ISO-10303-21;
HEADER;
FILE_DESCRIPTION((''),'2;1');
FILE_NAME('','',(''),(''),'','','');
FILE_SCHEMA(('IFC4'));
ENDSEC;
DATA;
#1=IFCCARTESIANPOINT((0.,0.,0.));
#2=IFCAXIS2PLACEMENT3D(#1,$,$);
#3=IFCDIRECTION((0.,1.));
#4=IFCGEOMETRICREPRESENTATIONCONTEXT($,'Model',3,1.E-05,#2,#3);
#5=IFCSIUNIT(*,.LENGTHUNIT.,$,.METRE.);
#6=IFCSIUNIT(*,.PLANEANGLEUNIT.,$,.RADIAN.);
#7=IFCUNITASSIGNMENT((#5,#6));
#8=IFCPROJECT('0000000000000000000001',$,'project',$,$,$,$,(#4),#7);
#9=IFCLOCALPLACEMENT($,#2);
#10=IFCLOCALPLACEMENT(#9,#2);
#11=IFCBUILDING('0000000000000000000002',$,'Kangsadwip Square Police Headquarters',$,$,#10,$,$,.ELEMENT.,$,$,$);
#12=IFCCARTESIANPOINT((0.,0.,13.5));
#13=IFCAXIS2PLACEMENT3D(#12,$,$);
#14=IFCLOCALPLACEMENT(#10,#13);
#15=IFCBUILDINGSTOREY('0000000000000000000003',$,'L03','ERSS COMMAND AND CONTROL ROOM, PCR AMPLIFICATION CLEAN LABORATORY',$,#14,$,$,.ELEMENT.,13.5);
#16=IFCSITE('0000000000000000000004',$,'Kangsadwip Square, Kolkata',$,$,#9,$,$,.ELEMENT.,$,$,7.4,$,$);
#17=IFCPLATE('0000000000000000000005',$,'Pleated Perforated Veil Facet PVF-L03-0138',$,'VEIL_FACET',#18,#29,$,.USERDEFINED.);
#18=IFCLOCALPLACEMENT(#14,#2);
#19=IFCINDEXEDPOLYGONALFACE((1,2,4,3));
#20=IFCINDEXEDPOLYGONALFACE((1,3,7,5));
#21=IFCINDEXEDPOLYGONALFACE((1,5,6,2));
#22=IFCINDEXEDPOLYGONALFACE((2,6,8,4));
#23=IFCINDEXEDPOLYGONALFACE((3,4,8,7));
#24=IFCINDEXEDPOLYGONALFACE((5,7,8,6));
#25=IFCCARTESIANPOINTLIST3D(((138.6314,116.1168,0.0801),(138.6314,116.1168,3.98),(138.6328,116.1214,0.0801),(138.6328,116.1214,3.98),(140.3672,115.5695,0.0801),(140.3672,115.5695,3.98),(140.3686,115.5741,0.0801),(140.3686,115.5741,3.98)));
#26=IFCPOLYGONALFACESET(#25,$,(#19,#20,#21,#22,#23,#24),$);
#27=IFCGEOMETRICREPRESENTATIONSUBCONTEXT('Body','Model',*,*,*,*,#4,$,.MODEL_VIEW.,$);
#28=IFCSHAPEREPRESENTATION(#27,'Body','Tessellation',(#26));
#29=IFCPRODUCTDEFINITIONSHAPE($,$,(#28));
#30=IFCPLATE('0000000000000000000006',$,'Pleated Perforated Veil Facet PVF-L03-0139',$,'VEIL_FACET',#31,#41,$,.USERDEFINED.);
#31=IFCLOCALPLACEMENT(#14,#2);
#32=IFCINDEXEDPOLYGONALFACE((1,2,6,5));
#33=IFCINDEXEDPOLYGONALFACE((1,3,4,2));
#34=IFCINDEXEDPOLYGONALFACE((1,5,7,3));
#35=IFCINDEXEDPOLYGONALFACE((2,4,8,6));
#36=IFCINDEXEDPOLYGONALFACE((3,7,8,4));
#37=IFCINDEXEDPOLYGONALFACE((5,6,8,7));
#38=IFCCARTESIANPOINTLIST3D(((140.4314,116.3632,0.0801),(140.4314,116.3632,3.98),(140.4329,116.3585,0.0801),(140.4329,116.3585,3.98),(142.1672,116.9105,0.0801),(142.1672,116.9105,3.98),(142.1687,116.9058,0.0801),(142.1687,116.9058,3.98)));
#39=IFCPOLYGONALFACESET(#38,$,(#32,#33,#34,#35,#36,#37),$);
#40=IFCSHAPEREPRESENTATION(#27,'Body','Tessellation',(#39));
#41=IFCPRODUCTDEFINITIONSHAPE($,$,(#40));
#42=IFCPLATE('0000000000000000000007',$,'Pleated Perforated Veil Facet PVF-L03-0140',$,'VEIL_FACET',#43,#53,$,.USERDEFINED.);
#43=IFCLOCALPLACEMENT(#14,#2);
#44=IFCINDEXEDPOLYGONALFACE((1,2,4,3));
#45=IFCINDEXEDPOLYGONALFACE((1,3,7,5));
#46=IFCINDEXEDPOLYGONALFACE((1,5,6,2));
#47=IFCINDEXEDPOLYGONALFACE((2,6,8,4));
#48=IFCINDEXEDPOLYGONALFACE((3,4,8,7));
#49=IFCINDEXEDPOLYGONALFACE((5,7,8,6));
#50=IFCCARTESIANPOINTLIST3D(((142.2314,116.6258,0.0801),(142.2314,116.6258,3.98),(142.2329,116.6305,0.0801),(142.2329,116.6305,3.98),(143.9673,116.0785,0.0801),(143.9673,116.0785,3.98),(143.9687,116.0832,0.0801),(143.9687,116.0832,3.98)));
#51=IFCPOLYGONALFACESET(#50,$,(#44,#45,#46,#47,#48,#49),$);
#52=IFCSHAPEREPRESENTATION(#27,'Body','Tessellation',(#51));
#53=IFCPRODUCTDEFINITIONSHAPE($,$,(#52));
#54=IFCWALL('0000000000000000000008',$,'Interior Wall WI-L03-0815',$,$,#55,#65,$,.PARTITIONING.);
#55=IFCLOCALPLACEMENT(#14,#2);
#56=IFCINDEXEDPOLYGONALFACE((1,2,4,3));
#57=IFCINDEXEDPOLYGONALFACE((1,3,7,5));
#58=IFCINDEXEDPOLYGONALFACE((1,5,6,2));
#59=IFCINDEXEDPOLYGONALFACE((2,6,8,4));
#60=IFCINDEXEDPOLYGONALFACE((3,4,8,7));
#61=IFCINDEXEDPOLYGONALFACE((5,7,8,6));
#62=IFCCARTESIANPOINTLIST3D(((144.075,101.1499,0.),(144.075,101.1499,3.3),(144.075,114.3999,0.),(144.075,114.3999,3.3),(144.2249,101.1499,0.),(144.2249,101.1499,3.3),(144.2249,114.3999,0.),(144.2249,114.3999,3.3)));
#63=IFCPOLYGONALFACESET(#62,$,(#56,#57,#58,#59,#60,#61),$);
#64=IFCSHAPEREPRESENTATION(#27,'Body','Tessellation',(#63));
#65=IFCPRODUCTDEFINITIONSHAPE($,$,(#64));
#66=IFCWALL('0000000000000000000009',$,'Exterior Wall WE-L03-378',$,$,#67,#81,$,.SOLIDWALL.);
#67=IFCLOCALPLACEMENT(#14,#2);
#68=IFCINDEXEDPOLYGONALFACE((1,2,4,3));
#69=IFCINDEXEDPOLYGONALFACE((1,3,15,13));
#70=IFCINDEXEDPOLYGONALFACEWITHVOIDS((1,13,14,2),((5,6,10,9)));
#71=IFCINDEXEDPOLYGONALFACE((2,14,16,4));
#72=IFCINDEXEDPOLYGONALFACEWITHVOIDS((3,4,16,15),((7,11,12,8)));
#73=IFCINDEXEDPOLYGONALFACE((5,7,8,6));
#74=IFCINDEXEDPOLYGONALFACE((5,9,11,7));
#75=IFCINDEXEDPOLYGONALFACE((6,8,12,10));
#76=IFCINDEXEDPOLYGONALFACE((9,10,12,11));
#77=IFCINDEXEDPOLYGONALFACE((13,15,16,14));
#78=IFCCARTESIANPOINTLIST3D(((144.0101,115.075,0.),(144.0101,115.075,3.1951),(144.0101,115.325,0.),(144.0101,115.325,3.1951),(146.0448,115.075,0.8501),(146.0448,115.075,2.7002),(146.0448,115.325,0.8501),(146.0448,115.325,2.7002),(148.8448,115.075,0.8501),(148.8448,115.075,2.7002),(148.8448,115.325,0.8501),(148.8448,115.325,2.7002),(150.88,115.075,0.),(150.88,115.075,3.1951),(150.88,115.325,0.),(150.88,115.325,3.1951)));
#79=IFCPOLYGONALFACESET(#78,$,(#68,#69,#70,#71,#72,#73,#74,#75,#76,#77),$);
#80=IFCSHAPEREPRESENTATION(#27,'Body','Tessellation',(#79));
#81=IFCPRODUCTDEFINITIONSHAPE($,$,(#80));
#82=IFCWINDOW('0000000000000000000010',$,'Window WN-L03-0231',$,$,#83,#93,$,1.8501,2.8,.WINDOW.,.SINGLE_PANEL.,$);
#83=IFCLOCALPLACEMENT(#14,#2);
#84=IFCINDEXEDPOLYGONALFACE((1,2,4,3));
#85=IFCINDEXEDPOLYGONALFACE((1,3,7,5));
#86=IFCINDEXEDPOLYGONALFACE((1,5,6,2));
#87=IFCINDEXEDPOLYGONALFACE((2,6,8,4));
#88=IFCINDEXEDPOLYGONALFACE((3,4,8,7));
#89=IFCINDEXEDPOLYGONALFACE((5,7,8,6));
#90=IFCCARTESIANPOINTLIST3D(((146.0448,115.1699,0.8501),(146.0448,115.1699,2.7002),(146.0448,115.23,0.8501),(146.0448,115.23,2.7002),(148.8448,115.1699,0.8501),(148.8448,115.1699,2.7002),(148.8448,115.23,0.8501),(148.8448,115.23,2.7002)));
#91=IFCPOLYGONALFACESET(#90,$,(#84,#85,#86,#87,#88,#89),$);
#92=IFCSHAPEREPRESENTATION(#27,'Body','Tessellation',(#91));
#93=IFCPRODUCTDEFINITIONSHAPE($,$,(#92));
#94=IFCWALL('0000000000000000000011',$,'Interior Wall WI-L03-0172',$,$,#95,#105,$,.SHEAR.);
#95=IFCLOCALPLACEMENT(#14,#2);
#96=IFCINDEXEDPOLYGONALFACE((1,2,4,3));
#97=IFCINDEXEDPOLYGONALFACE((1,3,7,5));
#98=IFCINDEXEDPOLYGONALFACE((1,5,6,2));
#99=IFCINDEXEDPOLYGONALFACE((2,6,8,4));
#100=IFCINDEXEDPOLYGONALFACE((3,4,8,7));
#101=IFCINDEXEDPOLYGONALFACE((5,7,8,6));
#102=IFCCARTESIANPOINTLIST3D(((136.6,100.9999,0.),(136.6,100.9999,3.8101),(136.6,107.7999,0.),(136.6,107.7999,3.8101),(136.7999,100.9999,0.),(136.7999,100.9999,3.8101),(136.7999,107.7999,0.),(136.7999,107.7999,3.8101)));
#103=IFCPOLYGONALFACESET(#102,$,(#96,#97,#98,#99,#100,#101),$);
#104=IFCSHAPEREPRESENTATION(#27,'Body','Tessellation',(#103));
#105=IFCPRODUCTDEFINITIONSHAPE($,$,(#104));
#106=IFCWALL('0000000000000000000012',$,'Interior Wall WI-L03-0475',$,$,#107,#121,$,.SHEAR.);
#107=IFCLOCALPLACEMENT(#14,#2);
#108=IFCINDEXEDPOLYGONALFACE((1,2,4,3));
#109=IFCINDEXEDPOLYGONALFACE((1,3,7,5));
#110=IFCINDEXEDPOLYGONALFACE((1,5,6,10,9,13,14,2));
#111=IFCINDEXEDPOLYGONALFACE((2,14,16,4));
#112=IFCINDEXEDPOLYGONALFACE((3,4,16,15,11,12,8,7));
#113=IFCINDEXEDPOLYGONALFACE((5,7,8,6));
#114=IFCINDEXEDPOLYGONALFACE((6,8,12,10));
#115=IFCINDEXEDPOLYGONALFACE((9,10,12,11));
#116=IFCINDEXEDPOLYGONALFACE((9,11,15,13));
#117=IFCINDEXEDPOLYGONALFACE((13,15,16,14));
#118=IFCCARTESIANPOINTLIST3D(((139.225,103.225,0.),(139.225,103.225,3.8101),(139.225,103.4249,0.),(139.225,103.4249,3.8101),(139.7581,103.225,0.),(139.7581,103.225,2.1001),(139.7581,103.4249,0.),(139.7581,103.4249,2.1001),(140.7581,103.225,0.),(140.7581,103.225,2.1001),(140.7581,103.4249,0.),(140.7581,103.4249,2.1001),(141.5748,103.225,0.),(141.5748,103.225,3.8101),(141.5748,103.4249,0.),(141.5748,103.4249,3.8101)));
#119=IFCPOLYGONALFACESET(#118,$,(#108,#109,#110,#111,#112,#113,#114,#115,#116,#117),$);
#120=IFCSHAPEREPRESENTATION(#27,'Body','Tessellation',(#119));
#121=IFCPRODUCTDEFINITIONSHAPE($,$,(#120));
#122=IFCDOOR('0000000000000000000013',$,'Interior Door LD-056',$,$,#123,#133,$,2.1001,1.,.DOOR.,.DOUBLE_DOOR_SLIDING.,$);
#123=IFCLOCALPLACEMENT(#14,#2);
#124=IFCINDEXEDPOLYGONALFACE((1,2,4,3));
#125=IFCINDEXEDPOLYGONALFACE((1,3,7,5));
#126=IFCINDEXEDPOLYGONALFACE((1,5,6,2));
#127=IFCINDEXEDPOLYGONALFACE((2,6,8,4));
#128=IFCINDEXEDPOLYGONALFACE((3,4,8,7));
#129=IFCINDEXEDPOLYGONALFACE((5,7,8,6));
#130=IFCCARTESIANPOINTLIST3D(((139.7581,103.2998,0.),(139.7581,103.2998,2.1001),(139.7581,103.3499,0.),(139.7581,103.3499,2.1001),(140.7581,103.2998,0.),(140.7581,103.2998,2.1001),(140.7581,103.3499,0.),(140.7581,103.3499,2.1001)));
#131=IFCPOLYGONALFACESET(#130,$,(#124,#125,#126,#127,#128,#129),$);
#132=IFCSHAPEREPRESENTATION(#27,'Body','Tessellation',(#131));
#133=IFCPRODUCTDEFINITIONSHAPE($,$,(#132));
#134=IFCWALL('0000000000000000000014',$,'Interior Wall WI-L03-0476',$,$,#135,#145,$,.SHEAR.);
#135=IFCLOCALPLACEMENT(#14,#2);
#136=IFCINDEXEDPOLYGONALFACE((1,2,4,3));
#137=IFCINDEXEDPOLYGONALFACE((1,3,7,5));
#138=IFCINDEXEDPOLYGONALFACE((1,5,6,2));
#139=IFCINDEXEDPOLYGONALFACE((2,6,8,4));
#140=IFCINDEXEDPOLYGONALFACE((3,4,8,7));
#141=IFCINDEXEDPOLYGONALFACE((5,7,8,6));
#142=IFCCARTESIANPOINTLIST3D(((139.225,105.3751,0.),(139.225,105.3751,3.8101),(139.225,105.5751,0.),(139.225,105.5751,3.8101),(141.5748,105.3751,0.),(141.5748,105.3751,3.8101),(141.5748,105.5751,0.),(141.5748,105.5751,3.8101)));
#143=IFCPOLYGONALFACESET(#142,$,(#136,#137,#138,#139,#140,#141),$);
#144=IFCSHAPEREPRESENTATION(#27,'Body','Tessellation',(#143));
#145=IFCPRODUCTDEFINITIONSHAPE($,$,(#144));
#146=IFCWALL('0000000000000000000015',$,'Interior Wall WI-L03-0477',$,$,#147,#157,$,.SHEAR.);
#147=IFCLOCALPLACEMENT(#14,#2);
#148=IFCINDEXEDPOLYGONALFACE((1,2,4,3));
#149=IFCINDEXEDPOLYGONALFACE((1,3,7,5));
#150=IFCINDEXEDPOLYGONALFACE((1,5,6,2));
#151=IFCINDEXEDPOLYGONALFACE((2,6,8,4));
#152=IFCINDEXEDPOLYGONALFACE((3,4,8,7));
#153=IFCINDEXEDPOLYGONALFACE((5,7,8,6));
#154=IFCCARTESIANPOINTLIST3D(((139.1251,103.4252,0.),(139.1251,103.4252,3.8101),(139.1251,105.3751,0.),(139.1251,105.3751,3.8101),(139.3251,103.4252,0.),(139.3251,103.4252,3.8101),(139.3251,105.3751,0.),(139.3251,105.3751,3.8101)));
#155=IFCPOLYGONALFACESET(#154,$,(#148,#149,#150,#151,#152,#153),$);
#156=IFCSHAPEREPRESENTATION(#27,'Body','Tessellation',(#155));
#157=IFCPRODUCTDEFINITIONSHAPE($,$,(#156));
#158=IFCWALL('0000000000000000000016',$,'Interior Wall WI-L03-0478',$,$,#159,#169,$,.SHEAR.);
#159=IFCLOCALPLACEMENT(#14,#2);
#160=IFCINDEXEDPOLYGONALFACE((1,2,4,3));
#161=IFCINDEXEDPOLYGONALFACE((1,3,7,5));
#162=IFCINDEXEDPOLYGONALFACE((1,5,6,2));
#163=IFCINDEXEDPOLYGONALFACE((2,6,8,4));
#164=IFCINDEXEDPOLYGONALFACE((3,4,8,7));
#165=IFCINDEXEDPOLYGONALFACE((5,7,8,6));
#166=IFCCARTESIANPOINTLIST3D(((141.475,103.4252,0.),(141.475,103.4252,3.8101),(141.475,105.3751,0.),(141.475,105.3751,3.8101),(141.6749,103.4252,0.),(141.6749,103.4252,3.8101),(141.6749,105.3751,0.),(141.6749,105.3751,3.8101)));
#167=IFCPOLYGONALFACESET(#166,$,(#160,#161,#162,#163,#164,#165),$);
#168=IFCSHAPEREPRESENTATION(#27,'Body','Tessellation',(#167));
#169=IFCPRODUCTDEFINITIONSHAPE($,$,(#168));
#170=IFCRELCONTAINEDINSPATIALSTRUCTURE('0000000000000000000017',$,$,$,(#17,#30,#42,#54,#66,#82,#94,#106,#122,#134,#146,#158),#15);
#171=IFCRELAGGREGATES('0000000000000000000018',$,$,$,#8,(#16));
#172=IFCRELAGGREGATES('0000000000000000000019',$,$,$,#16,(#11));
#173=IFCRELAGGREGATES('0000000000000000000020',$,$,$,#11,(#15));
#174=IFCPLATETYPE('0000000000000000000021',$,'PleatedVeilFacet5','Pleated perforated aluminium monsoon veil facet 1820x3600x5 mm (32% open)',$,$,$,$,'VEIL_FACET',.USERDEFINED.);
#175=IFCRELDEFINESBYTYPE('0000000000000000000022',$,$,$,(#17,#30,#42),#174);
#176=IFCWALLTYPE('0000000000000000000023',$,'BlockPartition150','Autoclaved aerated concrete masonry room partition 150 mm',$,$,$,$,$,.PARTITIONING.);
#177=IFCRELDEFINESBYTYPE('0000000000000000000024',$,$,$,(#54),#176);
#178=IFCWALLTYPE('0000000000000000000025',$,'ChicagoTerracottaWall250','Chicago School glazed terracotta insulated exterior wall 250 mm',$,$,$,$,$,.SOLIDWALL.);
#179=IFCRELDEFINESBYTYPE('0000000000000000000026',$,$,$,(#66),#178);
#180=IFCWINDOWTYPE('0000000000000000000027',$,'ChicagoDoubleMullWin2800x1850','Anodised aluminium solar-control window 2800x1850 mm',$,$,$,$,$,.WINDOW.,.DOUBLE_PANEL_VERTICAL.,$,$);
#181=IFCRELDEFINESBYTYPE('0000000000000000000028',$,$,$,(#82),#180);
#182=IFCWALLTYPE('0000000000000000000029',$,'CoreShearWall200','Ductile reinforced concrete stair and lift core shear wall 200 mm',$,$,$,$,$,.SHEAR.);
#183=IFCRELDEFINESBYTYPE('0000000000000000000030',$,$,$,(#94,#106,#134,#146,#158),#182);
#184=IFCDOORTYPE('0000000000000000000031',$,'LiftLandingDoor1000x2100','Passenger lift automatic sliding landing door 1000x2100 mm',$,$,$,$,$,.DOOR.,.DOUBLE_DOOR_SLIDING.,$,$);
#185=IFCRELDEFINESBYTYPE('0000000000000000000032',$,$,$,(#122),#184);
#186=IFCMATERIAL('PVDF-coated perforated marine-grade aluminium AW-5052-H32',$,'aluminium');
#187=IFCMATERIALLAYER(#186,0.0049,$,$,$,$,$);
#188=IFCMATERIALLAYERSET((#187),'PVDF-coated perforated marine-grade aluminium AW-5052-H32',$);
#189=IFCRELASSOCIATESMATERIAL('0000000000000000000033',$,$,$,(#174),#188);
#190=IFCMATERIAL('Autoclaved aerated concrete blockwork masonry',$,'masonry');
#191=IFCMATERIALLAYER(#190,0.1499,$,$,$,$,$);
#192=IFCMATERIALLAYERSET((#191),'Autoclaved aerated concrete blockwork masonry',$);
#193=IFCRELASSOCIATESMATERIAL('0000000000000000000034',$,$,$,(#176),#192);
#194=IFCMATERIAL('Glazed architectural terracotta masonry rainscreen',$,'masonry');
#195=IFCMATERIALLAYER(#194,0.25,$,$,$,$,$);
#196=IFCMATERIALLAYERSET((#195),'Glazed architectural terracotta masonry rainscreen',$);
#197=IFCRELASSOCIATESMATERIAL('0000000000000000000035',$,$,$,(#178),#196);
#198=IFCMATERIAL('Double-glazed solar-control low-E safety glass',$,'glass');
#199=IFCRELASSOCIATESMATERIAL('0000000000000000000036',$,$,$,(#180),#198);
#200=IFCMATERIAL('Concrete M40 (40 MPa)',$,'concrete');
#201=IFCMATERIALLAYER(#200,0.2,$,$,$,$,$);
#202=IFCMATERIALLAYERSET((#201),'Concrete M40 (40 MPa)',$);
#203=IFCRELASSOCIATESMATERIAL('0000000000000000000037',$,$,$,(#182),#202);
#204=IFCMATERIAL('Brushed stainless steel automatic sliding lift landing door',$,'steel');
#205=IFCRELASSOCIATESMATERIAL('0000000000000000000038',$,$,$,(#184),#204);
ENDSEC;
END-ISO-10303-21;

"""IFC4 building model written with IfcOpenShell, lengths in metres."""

from ifc_helpers import new_model, si_unit, direction, frame, frame_2d, origin, origin_2d, place, context, subcontext, project, spatial, rectangle, extrude, material, layer, layer_set, type_object, element, fill, save


model = new_model("IFC4")

# Units and contexts
model_context = context("Model", 3, precision=1e-05, world=origin(), true_north=direction((0.0, 1.0)))
body_context = subcontext(model_context, "Body", "Model", "MODEL_VIEW")
ifc_project = project(units=[si_unit("LENGTHUNIT", "METRE"), si_unit("PLANEANGLEUNIT", "RADIAN")], contexts=[model_context])

# Site, building, storey
site_placement = place(None, origin())
site = spatial("IfcSite", under=ifc_project, at=site_placement, Name="Kangsadwip Square, Kolkata", CompositionType="ELEMENT", RefElevation=7.4)
building_placement = place(site_placement, origin())
building = spatial("IfcBuilding", under=site, at=building_placement, Name="Kangsadwip Square Police Headquarters", CompositionType="ELEMENT")
storey_placement = place(building_placement, frame((0.0, 0.0, 13.5)))
storey = spatial("IfcBuildingStorey", under=building, at=storey_placement, Name="L03", Description="ERSS COMMAND AND CONTROL ROOM, PCR AMPLIFICATION CLEAN LABORATORY", CompositionType="ELEMENT", Elevation=13.5)

# Plates
ifc_material_1 = material(Name="PVDF-coated perforated marine-grade aluminium AW-5052-H32", Category="aluminium")
ifc_layer_1 = layer(ifc_material_1, 0.0049)
ifc_layer_set_1 = layer_set([ifc_layer_1], Name="PVDF-coated perforated marine-grade aluminium AW-5052-H32")
plate_type_1 = type_object("IfcPlateType", Name="PleatedVeilFacet5", Description="Pleated perforated aluminium monsoon veil facet 1820x3600x5 mm (32% open)", ElementType="VEIL_FACET", PredefinedType="USERDEFINED", material=ifc_layer_set_1)
for number, where, z_axis, x_axis, name in (
    (1, (139.5, 115.8455, 0.0801), (0.0, 0.0, 1.0), (0.953717, -0.300706, 0.0), "Pleated Perforated Veil Facet PVF-L03-0138"),
    (2, (141.3, 116.6345, 0.0801), (0.0, 0.0, 1.0), (0.953717, 0.300706, 0.0), "Pleated Perforated Veil Facet PVF-L03-0139"),
    (3, (143.1001, 116.3545, 0.0801), (0.0, 0.0, 1.0), (0.953717, -0.300706, 0.0), "Pleated Perforated Veil Facet PVF-L03-0140"),
):
    element("IfcPlate", number, at=place(storey_placement, frame(where, z_axis=z_axis, x_axis=x_axis)), inside=storey, type_object=plate_type_1, Name=name, ObjectType="VEIL_FACET", PredefinedType="USERDEFINED", context=body_context, shape_type="SweptSolid", body=[
        extrude(rectangle(XDim=1.8201, YDim=0.0049, at=origin_2d()), origin(), (0.0, 0.0, 1.0), 3.8999),
    ])

# Wall
ifc_material_2 = material(Name="Autoclaved aerated concrete blockwork masonry", Category="masonry")
ifc_layer_2 = layer(ifc_material_2, 0.1499)
ifc_layer_set_2 = layer_set([ifc_layer_2], Name="Autoclaved aerated concrete blockwork masonry")
wall_type_1 = type_object("IfcWallType", Name="BlockPartition150", Description="Autoclaved aerated concrete masonry room partition 150 mm", PredefinedType="PARTITIONING", material=ifc_layer_set_2)
wall_1_placement = place(storey_placement, frame((144.1499, 101.1499, 0.0), z_axis=(0.0, 0.0, 1.0), x_axis=(0.0, 1.0, 0.0)))
element("IfcWall", 4, at=wall_1_placement, inside=storey, type_object=wall_type_1, Name="Interior Wall WI-L03-0815", PredefinedType="PARTITIONING", context=body_context, shape_type="SweptSolid", body=[
    extrude(rectangle(XDim=13.25, YDim=0.1499, at=frame_2d((6.625, 0.0))), origin(), (0.0, 0.0, 1.0), 3.3),
])

# Wall, opening, window
ifc_material_3 = material(Name="Glazed architectural terracotta masonry rainscreen", Category="masonry")
ifc_layer_3 = layer(ifc_material_3, 0.25)
ifc_layer_set_3 = layer_set([ifc_layer_3], Name="Glazed architectural terracotta masonry rainscreen")
wall_type_2 = type_object("IfcWallType", Name="ChicagoTerracottaWall250", Description="Chicago School glazed terracotta insulated exterior wall 250 mm", PredefinedType="SOLIDWALL", material=ifc_layer_set_3)
wall_2_placement = place(storey_placement, frame((144.01, 115.2, 0.0), z_axis=(0.0, 0.0, 1.0), x_axis=(1.0, 0.0, 0.0)))
wall_2 = element("IfcWall", 5, at=wall_2_placement, inside=storey, type_object=wall_type_2, Name="Exterior Wall WE-L03-378", PredefinedType="SOLIDWALL", context=body_context, shape_type="SweptSolid", body=[
    extrude(rectangle(XDim=6.8699, YDim=0.25, at=frame_2d((3.4351, 0.0))), origin(), (0.0, 0.0, 1.0), 3.1951),
])
opening_1_placement = place(wall_2_placement, frame((2.0349, 0.0, 0.8501)))
opening_1 = element("IfcOpeningElement", 6, at=opening_1_placement, cuts=wall_2, PredefinedType="OPENING", context=body_context, shape_type="SweptSolid", body=[
    extrude(rectangle(XDim=2.8, YDim=1.8501, at=frame_2d((1.3999, 0.925))), frame((0.0, 0.135, 0.0), z_axis=(0.0, -1.0, 0.0), x_axis=(1.0, 0.0, 0.0)), (0.0, 0.0, 1.0), 0.27),
])
ifc_material_4 = material(Name="Double-glazed solar-control low-E safety glass", Category="glass")
window_type = type_object("IfcWindowType", Name="ChicagoDoubleMullWin2800x1850", Description="Anodised aluminium solar-control window 2800x1850 mm", PartitioningType="DOUBLE_PANEL_VERTICAL", PredefinedType="WINDOW", material=ifc_material_4)
window_placement = place(opening_1_placement, origin())
window = element("IfcWindow", 7, at=window_placement, inside=storey, type_object=window_type, Name="Window WN-L03-0231", OverallHeight=1.8501, OverallWidth=2.8, PartitioningType="SINGLE_PANEL", PredefinedType="WINDOW", context=body_context, shape_type="SweptSolid", body=[
    extrude(rectangle(XDim=2.8, YDim=1.8501, at=frame_2d((1.3999, 0.925))), frame((0.0, 0.03, 0.0), z_axis=(0.0, -1.0, 0.0), x_axis=(1.0, 0.0, 0.0)), (0.0, 0.0, 1.0), 0.0601),
])
fill(opening_1, window)

# Wall
ifc_material_5 = material(Name="Concrete M40 (40 MPa)", Category="concrete")
ifc_layer_4 = layer(ifc_material_5, 0.2)
ifc_layer_set_4 = layer_set([ifc_layer_4], Name="Concrete M40 (40 MPa)")
wall_type_3 = type_object("IfcWallType", Name="CoreShearWall200", Description="Ductile reinforced concrete stair and lift core shear wall 200 mm", PredefinedType="SHEAR", material=ifc_layer_set_4)
wall_3_placement = place(storey_placement, frame((136.7, 101.0, 0.0), z_axis=(0.0, 0.0, 1.0), x_axis=(0.0, 1.0, 0.0)))
element("IfcWall", 8, at=wall_3_placement, inside=storey, type_object=wall_type_3, Name="Interior Wall WI-L03-0172", PredefinedType="SHEAR", context=body_context, shape_type="SweptSolid", body=[
    extrude(rectangle(XDim=6.8, YDim=0.2, at=frame_2d((3.3999, 0.0))), origin(), (0.0, 0.0, 1.0), 3.8101),
])

# Wall, opening, door
wall_4_placement = place(storey_placement, frame((139.2251, 103.325, 0.0), z_axis=(0.0, 0.0, 1.0), x_axis=(1.0, 0.0, 0.0)))
wall_4 = element("IfcWall", 9, at=wall_4_placement, inside=storey, type_object=wall_type_3, Name="Interior Wall WI-L03-0475", PredefinedType="SHEAR", context=body_context, shape_type="SweptSolid", body=[
    extrude(rectangle(XDim=2.3499, YDim=0.2, at=frame_2d((1.1748, 0.0))), origin(), (0.0, 0.0, 1.0), 3.8101),
])
opening_2_placement = place(wall_4_placement, frame((0.533, 0.0, 0.0)))
opening_2 = element("IfcOpeningElement", 10, at=opening_2_placement, cuts=wall_4, PredefinedType="OPENING", context=body_context, shape_type="SweptSolid", body=[
    extrude(rectangle(XDim=1.0, YDim=2.1001, at=frame_2d((0.5, 1.05))), frame((0.0, 0.1099, 0.0), z_axis=(0.0, -1.0, 0.0), x_axis=(1.0, 0.0, 0.0)), (0.0, 0.0, 1.0), 0.22),
])
ifc_material_6 = material(Name="Brushed stainless steel automatic sliding lift landing door", Category="steel")
door_type = type_object("IfcDoorType", Name="LiftLandingDoor1000x2100", Description="Passenger lift automatic sliding landing door 1000x2100 mm", OperationType="DOUBLE_DOOR_SLIDING", PredefinedType="DOOR", material=ifc_material_6)
door_placement = place(opening_2_placement, origin())
door = element("IfcDoor", 11, at=door_placement, inside=storey, type_object=door_type, Name="Interior Door LD-056", OperationType="DOUBLE_DOOR_SLIDING", OverallHeight=2.1001, OverallWidth=1.0, PredefinedType="DOOR", context=body_context, shape_type="SweptSolid", body=[
    extrude(rectangle(XDim=1.0, YDim=2.1001, at=frame_2d((0.5, 1.05))), frame((0.0, 0.0249, 0.0), z_axis=(0.0, -1.0, 0.0), x_axis=(1.0, 0.0, 0.0)), (0.0, 0.0, 1.0), 0.05),
])
fill(opening_2, door)

# Walls
wall_5_placement = place(storey_placement, frame((139.2251, 105.4751, 0.0), z_axis=(0.0, 0.0, 1.0), x_axis=(1.0, 0.0, 0.0)))
element("IfcWall", 12, at=wall_5_placement, inside=storey, type_object=wall_type_3, Name="Interior Wall WI-L03-0476", PredefinedType="SHEAR", context=body_context, shape_type="SweptSolid", body=[
    extrude(rectangle(XDim=2.3499, YDim=0.2, at=frame_2d((1.1748, 0.0))), origin(), (0.0, 0.0, 1.0), 3.8101),
])
for number, where, z_axis, x_axis, name in (
    (13, (139.2251, 103.425, 0.0), (0.0, 0.0, 1.0), (0.0, 1.0, 0.0), "Interior Wall WI-L03-0477"),
    (14, (141.575, 103.425, 0.0), (0.0, 0.0, 1.0), (0.0, 1.0, 0.0), "Interior Wall WI-L03-0478"),
):
    element("IfcWall", number, at=place(storey_placement, frame(where, z_axis=z_axis, x_axis=x_axis)), inside=storey, type_object=wall_type_3, Name=name, PredefinedType="SHEAR", context=body_context, shape_type="SweptSolid", body=[
        extrude(rectangle(XDim=1.95, YDim=0.2, at=frame_2d((0.9751, 0.0))), origin(), (0.0, 0.0, 1.0), 3.8101),
    ])

save(model, "model.ifc")
